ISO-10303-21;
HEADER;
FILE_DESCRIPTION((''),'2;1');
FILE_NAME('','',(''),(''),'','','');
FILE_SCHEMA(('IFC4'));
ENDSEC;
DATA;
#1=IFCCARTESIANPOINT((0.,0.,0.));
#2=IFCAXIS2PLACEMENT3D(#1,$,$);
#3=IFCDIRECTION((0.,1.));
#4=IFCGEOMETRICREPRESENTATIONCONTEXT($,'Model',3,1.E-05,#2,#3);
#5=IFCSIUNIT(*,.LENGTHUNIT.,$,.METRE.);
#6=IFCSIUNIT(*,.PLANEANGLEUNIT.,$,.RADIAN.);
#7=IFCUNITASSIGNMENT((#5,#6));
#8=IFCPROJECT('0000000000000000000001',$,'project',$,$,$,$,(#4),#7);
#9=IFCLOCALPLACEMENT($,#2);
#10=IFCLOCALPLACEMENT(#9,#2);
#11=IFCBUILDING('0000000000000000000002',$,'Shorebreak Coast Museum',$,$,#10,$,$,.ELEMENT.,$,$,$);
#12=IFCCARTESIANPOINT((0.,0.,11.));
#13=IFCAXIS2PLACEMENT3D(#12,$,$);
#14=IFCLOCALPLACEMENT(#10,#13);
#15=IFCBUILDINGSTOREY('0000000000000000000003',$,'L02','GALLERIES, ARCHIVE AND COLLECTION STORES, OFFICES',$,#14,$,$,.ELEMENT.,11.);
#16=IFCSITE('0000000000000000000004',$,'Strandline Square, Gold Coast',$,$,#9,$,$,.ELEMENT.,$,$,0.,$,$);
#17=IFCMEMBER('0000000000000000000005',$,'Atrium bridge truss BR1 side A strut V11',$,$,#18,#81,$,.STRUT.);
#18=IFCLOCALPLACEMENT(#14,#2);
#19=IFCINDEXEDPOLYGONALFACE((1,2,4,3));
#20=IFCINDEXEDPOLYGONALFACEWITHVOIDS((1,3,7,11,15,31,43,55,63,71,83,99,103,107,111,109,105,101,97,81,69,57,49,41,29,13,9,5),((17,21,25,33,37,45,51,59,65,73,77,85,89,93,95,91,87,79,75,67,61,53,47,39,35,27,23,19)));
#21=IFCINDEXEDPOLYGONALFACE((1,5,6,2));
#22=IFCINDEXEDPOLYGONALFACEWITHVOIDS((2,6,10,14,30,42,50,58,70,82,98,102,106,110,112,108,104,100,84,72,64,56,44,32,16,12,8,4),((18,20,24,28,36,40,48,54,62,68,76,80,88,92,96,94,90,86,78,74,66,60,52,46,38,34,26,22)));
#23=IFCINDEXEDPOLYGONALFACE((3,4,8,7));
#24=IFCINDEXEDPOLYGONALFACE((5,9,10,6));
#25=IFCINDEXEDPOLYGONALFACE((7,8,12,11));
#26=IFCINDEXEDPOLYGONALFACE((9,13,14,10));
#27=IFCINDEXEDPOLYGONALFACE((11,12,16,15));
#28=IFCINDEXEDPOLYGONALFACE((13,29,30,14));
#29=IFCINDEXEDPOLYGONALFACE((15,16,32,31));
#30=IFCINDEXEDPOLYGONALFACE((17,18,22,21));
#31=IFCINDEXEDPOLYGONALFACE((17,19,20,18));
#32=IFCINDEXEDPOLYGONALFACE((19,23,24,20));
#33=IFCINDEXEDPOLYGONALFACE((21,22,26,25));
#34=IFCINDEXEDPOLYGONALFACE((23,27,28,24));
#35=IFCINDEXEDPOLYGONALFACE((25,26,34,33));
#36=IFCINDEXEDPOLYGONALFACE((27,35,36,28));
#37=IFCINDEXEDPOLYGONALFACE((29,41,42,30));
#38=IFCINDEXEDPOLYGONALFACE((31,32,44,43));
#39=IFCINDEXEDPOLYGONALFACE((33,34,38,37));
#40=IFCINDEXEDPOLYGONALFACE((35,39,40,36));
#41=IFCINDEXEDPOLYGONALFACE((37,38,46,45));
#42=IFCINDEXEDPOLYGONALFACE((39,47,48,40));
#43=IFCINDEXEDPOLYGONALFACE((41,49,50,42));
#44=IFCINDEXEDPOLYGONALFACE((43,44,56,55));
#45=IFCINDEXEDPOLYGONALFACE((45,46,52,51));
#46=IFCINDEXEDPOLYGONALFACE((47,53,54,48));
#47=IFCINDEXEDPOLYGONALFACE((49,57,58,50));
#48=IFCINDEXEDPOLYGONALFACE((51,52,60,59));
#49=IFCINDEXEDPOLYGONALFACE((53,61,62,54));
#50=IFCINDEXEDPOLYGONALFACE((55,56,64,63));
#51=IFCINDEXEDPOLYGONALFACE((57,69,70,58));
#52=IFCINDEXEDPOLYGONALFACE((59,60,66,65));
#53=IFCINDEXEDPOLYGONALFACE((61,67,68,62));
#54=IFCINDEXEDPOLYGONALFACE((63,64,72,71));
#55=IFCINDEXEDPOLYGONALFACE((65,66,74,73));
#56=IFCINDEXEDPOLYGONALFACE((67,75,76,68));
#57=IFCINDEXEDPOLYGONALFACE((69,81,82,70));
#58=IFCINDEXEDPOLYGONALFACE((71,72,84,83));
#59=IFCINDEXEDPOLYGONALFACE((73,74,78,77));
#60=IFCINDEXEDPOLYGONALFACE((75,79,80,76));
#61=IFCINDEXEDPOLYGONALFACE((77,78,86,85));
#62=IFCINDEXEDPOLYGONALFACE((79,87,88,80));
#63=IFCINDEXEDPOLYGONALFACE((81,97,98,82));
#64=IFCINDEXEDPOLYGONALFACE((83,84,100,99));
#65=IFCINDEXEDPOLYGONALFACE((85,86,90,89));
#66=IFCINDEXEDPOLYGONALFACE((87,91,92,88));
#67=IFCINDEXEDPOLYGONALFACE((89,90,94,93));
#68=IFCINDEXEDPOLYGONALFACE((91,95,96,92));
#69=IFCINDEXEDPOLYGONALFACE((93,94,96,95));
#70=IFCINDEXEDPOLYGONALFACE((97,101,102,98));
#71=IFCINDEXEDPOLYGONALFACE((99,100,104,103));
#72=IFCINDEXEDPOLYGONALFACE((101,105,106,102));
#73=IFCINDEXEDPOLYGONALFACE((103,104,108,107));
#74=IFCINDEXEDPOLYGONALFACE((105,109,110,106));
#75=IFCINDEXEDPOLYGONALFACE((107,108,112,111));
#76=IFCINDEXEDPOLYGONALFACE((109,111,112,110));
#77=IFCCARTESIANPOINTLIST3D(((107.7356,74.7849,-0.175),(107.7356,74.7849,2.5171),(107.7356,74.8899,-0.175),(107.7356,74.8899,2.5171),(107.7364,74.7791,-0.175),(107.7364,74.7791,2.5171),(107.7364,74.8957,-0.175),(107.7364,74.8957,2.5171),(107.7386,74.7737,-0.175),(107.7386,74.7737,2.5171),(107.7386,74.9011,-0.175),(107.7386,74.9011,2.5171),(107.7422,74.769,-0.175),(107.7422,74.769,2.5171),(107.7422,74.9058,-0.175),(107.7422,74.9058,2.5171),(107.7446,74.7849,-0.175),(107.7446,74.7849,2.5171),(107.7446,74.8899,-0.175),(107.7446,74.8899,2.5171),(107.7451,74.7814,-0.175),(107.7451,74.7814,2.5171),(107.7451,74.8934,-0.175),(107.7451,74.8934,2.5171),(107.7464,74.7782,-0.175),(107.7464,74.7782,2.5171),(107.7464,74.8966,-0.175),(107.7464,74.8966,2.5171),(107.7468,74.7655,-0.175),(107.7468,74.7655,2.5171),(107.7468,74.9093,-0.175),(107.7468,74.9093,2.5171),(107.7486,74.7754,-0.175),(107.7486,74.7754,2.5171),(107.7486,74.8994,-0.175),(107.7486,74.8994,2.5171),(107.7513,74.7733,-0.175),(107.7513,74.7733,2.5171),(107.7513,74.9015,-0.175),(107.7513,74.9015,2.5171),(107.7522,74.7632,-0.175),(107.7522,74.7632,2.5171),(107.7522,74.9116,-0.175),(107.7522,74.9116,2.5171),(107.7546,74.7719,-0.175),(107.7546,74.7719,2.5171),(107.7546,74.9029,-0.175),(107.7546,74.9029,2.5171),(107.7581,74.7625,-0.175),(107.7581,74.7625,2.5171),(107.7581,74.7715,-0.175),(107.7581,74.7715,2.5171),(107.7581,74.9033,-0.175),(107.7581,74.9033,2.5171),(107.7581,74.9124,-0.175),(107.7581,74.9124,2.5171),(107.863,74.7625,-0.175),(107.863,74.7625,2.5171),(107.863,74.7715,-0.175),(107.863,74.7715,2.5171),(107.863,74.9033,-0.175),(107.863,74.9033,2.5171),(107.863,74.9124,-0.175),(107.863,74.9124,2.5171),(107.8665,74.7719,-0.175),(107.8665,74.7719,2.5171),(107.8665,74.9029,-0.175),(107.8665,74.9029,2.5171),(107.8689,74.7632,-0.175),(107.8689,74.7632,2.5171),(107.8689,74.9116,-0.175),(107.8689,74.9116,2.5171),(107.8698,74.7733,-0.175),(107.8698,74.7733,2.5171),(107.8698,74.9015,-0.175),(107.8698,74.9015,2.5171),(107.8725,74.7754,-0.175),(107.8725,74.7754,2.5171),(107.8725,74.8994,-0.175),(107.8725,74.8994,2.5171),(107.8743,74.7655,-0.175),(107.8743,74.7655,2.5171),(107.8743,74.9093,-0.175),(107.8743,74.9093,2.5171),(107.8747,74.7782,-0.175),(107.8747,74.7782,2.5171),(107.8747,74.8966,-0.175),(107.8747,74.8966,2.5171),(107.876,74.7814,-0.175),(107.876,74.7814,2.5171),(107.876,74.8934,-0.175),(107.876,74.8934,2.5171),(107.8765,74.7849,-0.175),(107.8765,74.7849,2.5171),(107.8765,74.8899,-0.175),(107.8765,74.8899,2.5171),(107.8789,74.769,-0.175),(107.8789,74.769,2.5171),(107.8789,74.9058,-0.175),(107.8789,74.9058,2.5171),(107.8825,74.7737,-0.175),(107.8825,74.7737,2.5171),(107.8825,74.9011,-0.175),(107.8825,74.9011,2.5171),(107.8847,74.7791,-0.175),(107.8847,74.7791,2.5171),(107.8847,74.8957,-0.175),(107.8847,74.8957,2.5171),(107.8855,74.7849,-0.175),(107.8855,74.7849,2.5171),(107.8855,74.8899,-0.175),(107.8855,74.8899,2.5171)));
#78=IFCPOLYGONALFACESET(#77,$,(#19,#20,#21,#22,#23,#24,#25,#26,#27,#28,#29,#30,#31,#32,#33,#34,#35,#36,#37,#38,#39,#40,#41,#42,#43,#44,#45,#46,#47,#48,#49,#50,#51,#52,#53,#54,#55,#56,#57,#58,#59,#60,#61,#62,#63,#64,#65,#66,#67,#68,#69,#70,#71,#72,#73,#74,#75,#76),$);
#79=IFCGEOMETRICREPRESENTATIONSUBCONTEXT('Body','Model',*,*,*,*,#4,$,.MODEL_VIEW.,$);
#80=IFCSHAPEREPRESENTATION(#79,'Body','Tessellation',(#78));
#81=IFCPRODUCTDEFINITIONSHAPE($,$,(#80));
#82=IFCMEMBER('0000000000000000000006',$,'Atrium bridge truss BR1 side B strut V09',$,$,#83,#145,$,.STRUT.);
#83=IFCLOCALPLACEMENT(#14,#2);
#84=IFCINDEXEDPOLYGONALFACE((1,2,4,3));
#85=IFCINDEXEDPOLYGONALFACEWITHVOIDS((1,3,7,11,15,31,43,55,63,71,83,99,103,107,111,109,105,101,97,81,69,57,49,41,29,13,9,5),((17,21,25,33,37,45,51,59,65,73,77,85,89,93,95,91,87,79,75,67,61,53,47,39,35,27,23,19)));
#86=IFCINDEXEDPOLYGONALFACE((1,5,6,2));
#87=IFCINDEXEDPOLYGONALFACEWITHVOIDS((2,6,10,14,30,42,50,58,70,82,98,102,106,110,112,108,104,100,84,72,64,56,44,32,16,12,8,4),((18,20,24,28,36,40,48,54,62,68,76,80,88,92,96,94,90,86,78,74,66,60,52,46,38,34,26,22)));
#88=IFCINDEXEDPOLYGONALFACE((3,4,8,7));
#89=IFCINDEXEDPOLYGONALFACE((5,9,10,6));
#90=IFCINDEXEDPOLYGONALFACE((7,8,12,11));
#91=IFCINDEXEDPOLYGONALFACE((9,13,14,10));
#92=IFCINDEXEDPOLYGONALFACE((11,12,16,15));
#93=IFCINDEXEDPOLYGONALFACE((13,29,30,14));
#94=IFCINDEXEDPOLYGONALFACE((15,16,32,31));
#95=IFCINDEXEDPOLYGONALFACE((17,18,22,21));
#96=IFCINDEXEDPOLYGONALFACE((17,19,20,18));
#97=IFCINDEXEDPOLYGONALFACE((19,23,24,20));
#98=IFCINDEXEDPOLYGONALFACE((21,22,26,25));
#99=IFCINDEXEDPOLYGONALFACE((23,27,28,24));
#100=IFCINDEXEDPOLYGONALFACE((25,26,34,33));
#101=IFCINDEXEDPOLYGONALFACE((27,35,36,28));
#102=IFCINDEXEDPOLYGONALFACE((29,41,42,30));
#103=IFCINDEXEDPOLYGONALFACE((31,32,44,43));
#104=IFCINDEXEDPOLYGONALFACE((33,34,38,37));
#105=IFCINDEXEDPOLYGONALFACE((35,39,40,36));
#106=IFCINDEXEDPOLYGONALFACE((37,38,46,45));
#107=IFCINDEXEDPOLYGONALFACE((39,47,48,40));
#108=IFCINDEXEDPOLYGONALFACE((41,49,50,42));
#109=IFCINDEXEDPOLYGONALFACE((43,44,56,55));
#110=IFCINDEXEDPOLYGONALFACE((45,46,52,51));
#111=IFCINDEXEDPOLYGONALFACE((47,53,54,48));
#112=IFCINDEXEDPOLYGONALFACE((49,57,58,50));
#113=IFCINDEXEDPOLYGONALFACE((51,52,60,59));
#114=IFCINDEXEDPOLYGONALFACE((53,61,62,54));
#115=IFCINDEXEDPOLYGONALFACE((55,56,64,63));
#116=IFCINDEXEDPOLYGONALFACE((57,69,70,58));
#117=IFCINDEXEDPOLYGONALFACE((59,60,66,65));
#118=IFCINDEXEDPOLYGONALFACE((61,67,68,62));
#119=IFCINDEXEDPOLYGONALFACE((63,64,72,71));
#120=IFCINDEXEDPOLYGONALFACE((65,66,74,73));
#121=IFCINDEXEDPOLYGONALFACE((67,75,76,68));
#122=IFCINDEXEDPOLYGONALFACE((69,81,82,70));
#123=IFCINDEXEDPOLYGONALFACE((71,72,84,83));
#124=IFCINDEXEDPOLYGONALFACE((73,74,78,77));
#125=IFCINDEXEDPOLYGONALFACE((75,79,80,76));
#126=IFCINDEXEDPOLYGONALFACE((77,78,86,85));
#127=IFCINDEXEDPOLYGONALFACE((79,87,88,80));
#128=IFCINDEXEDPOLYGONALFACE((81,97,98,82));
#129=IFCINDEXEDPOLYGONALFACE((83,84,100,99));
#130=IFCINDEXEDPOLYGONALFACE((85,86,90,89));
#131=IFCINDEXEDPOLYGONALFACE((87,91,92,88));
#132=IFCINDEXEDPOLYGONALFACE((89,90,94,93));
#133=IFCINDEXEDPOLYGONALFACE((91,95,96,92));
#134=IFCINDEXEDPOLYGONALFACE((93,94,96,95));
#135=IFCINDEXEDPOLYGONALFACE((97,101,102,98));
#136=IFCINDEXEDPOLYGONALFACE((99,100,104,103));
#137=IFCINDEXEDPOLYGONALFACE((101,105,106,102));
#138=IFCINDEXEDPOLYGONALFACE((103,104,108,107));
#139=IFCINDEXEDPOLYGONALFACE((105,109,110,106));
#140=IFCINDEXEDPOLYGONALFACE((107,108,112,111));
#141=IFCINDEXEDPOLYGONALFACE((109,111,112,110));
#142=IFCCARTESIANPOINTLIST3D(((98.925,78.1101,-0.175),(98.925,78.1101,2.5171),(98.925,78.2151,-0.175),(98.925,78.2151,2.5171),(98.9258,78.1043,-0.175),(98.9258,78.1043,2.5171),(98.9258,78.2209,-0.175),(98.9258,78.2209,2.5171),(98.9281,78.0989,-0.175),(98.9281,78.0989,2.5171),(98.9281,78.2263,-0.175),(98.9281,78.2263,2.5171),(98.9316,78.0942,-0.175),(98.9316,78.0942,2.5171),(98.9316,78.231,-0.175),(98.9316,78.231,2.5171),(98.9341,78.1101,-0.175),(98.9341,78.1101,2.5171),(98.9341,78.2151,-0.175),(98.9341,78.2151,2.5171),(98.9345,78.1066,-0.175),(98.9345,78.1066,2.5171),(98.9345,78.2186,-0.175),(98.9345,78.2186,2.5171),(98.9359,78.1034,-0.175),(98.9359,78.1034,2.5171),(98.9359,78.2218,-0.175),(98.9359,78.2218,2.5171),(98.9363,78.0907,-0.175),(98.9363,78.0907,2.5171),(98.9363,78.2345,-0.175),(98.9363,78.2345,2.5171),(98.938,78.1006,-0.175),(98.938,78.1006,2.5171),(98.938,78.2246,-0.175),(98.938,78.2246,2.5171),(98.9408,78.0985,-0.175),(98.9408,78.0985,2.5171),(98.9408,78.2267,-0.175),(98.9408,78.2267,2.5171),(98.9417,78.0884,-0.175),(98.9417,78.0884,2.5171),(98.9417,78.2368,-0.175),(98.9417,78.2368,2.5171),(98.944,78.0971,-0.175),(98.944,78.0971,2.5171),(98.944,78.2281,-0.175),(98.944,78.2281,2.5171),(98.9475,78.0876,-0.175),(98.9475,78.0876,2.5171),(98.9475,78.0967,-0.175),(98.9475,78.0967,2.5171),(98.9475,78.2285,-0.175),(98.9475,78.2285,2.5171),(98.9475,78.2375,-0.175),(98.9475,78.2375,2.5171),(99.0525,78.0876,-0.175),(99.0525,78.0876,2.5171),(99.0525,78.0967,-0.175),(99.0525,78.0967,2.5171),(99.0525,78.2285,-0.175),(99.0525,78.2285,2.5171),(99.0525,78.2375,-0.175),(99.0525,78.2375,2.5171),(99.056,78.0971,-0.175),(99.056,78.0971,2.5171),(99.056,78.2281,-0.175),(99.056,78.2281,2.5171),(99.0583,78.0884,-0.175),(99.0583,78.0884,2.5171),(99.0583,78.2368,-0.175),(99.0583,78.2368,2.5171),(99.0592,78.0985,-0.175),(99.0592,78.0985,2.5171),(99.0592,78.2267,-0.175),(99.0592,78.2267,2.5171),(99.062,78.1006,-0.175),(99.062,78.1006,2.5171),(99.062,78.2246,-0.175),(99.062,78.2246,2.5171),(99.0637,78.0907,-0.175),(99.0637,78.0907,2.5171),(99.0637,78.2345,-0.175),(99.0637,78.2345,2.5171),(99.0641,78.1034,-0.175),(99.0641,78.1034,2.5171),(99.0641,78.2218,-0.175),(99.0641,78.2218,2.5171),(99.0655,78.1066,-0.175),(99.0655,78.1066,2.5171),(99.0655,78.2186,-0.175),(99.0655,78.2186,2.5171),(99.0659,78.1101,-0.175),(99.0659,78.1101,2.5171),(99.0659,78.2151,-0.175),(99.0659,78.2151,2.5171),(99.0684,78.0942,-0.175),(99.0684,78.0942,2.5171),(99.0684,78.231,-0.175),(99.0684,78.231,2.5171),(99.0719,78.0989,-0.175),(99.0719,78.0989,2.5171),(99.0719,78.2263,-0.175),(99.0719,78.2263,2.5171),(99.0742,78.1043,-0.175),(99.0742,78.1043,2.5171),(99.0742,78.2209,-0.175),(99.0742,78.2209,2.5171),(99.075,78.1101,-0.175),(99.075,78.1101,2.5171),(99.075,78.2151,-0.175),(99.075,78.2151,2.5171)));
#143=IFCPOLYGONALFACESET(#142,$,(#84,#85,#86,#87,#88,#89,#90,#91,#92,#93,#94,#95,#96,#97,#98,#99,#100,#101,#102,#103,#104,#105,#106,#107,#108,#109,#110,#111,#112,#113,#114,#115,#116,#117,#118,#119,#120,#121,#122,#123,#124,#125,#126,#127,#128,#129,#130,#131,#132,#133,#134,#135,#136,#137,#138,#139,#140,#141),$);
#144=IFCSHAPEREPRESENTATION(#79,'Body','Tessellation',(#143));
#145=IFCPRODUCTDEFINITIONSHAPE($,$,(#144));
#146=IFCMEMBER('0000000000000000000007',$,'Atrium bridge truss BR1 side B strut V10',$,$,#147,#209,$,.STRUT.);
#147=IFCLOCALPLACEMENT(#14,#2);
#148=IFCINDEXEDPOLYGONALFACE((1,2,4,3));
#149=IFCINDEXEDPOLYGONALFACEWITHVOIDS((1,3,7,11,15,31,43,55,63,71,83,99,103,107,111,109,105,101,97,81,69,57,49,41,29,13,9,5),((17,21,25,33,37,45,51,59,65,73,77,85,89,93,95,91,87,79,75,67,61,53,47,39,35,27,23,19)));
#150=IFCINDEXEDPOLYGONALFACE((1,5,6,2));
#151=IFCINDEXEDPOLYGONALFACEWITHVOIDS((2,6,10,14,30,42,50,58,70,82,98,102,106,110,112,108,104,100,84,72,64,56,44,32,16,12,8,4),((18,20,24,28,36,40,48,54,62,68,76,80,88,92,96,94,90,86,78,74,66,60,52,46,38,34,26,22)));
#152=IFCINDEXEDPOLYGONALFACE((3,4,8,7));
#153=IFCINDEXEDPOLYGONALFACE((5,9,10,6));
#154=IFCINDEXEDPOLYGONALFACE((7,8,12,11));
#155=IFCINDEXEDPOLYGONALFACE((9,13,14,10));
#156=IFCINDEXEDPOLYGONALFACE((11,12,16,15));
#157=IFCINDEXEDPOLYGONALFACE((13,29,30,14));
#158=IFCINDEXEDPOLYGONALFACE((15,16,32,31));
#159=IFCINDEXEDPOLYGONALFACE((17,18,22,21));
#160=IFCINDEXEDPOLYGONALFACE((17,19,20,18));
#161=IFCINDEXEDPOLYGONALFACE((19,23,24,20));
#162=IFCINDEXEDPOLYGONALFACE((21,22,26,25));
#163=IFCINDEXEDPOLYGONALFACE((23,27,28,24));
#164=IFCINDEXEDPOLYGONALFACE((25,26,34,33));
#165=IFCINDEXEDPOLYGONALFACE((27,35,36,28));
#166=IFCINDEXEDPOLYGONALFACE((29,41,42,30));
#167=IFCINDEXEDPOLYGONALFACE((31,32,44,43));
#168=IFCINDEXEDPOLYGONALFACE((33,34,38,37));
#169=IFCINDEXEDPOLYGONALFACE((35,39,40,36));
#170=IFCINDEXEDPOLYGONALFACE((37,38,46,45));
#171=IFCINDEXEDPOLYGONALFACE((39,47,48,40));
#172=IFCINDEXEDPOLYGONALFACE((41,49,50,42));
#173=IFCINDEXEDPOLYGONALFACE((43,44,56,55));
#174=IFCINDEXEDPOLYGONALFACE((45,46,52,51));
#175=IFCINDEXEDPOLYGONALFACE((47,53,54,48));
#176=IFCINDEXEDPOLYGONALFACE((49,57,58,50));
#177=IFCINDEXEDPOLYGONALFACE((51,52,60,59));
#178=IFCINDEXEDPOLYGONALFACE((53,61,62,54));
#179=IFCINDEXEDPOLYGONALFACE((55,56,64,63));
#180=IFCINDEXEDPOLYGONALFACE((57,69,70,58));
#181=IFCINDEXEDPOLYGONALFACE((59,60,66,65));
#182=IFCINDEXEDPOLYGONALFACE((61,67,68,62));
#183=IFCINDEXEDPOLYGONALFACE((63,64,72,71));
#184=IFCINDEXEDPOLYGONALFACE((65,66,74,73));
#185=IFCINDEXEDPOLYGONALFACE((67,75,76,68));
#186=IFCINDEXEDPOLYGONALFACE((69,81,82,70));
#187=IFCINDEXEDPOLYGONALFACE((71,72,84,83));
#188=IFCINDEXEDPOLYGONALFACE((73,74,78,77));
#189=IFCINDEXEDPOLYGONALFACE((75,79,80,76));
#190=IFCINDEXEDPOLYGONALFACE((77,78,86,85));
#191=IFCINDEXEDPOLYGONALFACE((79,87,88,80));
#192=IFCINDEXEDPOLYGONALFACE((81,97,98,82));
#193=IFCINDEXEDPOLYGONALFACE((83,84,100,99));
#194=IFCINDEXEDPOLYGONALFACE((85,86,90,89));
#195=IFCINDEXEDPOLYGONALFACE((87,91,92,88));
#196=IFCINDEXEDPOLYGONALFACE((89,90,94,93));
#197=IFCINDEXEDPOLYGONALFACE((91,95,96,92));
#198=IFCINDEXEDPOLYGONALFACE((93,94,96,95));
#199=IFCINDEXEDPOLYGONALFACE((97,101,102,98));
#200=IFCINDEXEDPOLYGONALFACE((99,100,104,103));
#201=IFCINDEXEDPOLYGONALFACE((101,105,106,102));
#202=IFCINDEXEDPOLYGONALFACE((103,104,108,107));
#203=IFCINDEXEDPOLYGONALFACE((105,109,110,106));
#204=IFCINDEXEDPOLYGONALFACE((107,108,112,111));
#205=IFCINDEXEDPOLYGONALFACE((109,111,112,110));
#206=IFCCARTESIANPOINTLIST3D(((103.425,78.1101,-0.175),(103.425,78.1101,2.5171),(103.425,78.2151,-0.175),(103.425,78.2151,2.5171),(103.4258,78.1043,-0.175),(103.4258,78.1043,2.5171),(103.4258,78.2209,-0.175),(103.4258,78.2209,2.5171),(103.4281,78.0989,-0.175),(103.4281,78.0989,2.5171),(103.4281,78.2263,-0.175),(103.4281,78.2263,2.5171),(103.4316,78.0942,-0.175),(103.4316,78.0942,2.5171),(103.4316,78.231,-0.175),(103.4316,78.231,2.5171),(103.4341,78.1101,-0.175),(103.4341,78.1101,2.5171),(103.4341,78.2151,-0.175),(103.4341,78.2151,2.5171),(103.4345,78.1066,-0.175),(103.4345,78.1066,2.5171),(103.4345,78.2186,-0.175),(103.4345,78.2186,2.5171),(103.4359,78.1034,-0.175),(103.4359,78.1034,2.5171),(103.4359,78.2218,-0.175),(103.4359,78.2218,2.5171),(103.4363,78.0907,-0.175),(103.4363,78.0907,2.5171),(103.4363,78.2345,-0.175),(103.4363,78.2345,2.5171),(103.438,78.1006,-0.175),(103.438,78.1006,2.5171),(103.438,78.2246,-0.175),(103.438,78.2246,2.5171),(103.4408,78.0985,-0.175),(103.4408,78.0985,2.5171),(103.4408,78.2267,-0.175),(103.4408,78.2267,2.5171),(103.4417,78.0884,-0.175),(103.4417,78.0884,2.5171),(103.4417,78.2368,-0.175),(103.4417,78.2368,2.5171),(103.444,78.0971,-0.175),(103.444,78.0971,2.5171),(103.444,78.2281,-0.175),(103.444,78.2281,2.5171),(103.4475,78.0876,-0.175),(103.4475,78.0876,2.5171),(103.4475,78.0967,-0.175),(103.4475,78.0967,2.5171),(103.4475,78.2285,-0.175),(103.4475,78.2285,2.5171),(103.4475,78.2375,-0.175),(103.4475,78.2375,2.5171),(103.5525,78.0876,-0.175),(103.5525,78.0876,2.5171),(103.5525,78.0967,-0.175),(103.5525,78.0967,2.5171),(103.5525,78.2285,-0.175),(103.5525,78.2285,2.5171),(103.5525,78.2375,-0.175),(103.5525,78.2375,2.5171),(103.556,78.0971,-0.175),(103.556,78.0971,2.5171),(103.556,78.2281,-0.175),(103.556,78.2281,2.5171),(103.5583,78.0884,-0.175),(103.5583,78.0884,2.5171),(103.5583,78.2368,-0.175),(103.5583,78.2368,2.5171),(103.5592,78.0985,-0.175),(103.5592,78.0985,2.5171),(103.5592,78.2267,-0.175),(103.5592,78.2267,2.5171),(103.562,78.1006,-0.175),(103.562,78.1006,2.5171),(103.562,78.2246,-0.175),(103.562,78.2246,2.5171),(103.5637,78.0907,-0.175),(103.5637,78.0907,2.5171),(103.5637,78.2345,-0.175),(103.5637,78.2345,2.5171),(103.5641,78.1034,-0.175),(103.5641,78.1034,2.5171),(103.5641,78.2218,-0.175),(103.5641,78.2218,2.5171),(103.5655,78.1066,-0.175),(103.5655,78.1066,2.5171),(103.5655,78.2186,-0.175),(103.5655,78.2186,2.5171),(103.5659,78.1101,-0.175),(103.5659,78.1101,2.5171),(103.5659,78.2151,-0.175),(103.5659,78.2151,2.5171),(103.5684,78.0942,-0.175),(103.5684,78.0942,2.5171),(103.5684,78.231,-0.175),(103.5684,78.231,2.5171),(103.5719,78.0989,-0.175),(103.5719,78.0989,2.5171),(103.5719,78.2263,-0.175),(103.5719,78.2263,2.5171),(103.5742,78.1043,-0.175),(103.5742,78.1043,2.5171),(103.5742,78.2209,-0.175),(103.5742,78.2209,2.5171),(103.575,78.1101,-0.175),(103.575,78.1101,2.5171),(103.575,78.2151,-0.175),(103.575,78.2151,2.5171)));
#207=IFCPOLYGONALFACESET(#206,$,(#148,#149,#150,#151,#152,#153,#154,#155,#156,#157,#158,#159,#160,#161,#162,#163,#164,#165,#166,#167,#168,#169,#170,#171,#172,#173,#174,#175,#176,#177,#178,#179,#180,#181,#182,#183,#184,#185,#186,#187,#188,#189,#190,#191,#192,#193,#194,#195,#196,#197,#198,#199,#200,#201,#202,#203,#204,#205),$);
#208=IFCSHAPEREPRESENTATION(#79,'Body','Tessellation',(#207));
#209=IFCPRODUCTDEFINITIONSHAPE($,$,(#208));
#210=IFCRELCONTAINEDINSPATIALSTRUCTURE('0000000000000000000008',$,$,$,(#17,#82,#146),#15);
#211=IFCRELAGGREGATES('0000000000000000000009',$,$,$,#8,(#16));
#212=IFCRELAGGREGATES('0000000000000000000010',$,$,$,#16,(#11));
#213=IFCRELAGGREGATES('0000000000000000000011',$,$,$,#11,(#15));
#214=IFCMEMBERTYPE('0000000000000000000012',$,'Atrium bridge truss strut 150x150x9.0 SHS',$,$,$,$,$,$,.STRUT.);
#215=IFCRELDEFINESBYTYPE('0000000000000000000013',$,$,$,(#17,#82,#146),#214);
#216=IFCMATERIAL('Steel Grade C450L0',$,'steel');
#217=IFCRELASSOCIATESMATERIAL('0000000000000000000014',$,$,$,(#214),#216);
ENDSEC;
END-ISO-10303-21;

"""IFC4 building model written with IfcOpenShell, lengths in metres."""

from ifc_helpers import new_model, si_unit, direction, frame, origin, origin_2d, place, context, subcontext, project, spatial, hollow_rectangle, extrude, material, material_profile, profile_set, type_object, element, save


model = new_model("IFC4")

# Units and contexts
model_context = context("Model", 3, precision=1e-05, world=origin(), true_north=direction((0.0, 1.0)))
body_context = subcontext(model_context, "Body", "Model", "MODEL_VIEW")
ifc_project = project(units=[si_unit("LENGTHUNIT", "METRE"), si_unit("PLANEANGLEUNIT", "RADIAN")], contexts=[model_context])

# Site, building, storey
site_placement = place(None, origin())
site = spatial("IfcSite", under=ifc_project, at=site_placement, Name="Strandline Square, Gold Coast", CompositionType="ELEMENT", RefElevation=0.0)
building_placement = place(site_placement, origin())
building = spatial("IfcBuilding", under=site, at=building_placement, Name="Shorebreak Coast Museum", CompositionType="ELEMENT")
storey_placement = place(building_placement, frame((0.0, 0.0, 11.0)))
storey = spatial("IfcBuildingStorey", under=building, at=storey_placement, Name="L02", Description="GALLERIES, ARCHIVE AND COLLECTION STORES, OFFICES", CompositionType="ELEMENT", Elevation=11.0)

# Members
ifc_material_1 = material(Name="Steel Grade C450L0", Category="steel")
ifc_material_profile_1 = material_profile(ifc_material_1, hollow_rectangle(XDim=0.1499, YDim=0.1499, WallThickness=0.009, InnerFilletRadius=0.0134, OuterFilletRadius=0.0225, at=origin_2d()), Name="150x150x9.0 SHS")
ifc_profile_set_1 = profile_set([ifc_material_profile_1], Name="Steel Grade C450L0")
member_type_1 = type_object("IfcMemberType", Name="Atrium bridge truss strut 150x150x9.0 SHS", PredefinedType="STRUT", material=ifc_profile_set_1)
for number, where, z_axis, x_axis, name in (
    (1, (107.8105, 74.8374, -0.175), (0.0, 0.0, 1.0), (1.0, 0.0, 0.0), "Atrium bridge truss BR1 side A strut V11"),
    (2, (99.0, 78.1626, -0.175), (0.0, 0.0, 1.0), (1.0, 0.0, 0.0), "Atrium bridge truss BR1 side B strut V09"),
    (3, (103.5, 78.1626, -0.175), (0.0, 0.0, 1.0), (1.0, 0.0, 0.0), "Atrium bridge truss BR1 side B strut V10"),
):
    element("IfcMember", number, at=place(storey_placement, frame(where, z_axis=z_axis, x_axis=x_axis)), inside=storey, type_object=member_type_1, Name=name, PredefinedType="STRUT", context=body_context, shape_type="SweptSolid", body=[
        extrude(hollow_rectangle(XDim=0.1499, YDim=0.1499, WallThickness=0.009, InnerFilletRadius=0.0134, OuterFilletRadius=0.0225, at=origin_2d()), origin(), (0.0, 0.0, 1.0), 2.6921),
    ])

save(model, "model.ifc")
